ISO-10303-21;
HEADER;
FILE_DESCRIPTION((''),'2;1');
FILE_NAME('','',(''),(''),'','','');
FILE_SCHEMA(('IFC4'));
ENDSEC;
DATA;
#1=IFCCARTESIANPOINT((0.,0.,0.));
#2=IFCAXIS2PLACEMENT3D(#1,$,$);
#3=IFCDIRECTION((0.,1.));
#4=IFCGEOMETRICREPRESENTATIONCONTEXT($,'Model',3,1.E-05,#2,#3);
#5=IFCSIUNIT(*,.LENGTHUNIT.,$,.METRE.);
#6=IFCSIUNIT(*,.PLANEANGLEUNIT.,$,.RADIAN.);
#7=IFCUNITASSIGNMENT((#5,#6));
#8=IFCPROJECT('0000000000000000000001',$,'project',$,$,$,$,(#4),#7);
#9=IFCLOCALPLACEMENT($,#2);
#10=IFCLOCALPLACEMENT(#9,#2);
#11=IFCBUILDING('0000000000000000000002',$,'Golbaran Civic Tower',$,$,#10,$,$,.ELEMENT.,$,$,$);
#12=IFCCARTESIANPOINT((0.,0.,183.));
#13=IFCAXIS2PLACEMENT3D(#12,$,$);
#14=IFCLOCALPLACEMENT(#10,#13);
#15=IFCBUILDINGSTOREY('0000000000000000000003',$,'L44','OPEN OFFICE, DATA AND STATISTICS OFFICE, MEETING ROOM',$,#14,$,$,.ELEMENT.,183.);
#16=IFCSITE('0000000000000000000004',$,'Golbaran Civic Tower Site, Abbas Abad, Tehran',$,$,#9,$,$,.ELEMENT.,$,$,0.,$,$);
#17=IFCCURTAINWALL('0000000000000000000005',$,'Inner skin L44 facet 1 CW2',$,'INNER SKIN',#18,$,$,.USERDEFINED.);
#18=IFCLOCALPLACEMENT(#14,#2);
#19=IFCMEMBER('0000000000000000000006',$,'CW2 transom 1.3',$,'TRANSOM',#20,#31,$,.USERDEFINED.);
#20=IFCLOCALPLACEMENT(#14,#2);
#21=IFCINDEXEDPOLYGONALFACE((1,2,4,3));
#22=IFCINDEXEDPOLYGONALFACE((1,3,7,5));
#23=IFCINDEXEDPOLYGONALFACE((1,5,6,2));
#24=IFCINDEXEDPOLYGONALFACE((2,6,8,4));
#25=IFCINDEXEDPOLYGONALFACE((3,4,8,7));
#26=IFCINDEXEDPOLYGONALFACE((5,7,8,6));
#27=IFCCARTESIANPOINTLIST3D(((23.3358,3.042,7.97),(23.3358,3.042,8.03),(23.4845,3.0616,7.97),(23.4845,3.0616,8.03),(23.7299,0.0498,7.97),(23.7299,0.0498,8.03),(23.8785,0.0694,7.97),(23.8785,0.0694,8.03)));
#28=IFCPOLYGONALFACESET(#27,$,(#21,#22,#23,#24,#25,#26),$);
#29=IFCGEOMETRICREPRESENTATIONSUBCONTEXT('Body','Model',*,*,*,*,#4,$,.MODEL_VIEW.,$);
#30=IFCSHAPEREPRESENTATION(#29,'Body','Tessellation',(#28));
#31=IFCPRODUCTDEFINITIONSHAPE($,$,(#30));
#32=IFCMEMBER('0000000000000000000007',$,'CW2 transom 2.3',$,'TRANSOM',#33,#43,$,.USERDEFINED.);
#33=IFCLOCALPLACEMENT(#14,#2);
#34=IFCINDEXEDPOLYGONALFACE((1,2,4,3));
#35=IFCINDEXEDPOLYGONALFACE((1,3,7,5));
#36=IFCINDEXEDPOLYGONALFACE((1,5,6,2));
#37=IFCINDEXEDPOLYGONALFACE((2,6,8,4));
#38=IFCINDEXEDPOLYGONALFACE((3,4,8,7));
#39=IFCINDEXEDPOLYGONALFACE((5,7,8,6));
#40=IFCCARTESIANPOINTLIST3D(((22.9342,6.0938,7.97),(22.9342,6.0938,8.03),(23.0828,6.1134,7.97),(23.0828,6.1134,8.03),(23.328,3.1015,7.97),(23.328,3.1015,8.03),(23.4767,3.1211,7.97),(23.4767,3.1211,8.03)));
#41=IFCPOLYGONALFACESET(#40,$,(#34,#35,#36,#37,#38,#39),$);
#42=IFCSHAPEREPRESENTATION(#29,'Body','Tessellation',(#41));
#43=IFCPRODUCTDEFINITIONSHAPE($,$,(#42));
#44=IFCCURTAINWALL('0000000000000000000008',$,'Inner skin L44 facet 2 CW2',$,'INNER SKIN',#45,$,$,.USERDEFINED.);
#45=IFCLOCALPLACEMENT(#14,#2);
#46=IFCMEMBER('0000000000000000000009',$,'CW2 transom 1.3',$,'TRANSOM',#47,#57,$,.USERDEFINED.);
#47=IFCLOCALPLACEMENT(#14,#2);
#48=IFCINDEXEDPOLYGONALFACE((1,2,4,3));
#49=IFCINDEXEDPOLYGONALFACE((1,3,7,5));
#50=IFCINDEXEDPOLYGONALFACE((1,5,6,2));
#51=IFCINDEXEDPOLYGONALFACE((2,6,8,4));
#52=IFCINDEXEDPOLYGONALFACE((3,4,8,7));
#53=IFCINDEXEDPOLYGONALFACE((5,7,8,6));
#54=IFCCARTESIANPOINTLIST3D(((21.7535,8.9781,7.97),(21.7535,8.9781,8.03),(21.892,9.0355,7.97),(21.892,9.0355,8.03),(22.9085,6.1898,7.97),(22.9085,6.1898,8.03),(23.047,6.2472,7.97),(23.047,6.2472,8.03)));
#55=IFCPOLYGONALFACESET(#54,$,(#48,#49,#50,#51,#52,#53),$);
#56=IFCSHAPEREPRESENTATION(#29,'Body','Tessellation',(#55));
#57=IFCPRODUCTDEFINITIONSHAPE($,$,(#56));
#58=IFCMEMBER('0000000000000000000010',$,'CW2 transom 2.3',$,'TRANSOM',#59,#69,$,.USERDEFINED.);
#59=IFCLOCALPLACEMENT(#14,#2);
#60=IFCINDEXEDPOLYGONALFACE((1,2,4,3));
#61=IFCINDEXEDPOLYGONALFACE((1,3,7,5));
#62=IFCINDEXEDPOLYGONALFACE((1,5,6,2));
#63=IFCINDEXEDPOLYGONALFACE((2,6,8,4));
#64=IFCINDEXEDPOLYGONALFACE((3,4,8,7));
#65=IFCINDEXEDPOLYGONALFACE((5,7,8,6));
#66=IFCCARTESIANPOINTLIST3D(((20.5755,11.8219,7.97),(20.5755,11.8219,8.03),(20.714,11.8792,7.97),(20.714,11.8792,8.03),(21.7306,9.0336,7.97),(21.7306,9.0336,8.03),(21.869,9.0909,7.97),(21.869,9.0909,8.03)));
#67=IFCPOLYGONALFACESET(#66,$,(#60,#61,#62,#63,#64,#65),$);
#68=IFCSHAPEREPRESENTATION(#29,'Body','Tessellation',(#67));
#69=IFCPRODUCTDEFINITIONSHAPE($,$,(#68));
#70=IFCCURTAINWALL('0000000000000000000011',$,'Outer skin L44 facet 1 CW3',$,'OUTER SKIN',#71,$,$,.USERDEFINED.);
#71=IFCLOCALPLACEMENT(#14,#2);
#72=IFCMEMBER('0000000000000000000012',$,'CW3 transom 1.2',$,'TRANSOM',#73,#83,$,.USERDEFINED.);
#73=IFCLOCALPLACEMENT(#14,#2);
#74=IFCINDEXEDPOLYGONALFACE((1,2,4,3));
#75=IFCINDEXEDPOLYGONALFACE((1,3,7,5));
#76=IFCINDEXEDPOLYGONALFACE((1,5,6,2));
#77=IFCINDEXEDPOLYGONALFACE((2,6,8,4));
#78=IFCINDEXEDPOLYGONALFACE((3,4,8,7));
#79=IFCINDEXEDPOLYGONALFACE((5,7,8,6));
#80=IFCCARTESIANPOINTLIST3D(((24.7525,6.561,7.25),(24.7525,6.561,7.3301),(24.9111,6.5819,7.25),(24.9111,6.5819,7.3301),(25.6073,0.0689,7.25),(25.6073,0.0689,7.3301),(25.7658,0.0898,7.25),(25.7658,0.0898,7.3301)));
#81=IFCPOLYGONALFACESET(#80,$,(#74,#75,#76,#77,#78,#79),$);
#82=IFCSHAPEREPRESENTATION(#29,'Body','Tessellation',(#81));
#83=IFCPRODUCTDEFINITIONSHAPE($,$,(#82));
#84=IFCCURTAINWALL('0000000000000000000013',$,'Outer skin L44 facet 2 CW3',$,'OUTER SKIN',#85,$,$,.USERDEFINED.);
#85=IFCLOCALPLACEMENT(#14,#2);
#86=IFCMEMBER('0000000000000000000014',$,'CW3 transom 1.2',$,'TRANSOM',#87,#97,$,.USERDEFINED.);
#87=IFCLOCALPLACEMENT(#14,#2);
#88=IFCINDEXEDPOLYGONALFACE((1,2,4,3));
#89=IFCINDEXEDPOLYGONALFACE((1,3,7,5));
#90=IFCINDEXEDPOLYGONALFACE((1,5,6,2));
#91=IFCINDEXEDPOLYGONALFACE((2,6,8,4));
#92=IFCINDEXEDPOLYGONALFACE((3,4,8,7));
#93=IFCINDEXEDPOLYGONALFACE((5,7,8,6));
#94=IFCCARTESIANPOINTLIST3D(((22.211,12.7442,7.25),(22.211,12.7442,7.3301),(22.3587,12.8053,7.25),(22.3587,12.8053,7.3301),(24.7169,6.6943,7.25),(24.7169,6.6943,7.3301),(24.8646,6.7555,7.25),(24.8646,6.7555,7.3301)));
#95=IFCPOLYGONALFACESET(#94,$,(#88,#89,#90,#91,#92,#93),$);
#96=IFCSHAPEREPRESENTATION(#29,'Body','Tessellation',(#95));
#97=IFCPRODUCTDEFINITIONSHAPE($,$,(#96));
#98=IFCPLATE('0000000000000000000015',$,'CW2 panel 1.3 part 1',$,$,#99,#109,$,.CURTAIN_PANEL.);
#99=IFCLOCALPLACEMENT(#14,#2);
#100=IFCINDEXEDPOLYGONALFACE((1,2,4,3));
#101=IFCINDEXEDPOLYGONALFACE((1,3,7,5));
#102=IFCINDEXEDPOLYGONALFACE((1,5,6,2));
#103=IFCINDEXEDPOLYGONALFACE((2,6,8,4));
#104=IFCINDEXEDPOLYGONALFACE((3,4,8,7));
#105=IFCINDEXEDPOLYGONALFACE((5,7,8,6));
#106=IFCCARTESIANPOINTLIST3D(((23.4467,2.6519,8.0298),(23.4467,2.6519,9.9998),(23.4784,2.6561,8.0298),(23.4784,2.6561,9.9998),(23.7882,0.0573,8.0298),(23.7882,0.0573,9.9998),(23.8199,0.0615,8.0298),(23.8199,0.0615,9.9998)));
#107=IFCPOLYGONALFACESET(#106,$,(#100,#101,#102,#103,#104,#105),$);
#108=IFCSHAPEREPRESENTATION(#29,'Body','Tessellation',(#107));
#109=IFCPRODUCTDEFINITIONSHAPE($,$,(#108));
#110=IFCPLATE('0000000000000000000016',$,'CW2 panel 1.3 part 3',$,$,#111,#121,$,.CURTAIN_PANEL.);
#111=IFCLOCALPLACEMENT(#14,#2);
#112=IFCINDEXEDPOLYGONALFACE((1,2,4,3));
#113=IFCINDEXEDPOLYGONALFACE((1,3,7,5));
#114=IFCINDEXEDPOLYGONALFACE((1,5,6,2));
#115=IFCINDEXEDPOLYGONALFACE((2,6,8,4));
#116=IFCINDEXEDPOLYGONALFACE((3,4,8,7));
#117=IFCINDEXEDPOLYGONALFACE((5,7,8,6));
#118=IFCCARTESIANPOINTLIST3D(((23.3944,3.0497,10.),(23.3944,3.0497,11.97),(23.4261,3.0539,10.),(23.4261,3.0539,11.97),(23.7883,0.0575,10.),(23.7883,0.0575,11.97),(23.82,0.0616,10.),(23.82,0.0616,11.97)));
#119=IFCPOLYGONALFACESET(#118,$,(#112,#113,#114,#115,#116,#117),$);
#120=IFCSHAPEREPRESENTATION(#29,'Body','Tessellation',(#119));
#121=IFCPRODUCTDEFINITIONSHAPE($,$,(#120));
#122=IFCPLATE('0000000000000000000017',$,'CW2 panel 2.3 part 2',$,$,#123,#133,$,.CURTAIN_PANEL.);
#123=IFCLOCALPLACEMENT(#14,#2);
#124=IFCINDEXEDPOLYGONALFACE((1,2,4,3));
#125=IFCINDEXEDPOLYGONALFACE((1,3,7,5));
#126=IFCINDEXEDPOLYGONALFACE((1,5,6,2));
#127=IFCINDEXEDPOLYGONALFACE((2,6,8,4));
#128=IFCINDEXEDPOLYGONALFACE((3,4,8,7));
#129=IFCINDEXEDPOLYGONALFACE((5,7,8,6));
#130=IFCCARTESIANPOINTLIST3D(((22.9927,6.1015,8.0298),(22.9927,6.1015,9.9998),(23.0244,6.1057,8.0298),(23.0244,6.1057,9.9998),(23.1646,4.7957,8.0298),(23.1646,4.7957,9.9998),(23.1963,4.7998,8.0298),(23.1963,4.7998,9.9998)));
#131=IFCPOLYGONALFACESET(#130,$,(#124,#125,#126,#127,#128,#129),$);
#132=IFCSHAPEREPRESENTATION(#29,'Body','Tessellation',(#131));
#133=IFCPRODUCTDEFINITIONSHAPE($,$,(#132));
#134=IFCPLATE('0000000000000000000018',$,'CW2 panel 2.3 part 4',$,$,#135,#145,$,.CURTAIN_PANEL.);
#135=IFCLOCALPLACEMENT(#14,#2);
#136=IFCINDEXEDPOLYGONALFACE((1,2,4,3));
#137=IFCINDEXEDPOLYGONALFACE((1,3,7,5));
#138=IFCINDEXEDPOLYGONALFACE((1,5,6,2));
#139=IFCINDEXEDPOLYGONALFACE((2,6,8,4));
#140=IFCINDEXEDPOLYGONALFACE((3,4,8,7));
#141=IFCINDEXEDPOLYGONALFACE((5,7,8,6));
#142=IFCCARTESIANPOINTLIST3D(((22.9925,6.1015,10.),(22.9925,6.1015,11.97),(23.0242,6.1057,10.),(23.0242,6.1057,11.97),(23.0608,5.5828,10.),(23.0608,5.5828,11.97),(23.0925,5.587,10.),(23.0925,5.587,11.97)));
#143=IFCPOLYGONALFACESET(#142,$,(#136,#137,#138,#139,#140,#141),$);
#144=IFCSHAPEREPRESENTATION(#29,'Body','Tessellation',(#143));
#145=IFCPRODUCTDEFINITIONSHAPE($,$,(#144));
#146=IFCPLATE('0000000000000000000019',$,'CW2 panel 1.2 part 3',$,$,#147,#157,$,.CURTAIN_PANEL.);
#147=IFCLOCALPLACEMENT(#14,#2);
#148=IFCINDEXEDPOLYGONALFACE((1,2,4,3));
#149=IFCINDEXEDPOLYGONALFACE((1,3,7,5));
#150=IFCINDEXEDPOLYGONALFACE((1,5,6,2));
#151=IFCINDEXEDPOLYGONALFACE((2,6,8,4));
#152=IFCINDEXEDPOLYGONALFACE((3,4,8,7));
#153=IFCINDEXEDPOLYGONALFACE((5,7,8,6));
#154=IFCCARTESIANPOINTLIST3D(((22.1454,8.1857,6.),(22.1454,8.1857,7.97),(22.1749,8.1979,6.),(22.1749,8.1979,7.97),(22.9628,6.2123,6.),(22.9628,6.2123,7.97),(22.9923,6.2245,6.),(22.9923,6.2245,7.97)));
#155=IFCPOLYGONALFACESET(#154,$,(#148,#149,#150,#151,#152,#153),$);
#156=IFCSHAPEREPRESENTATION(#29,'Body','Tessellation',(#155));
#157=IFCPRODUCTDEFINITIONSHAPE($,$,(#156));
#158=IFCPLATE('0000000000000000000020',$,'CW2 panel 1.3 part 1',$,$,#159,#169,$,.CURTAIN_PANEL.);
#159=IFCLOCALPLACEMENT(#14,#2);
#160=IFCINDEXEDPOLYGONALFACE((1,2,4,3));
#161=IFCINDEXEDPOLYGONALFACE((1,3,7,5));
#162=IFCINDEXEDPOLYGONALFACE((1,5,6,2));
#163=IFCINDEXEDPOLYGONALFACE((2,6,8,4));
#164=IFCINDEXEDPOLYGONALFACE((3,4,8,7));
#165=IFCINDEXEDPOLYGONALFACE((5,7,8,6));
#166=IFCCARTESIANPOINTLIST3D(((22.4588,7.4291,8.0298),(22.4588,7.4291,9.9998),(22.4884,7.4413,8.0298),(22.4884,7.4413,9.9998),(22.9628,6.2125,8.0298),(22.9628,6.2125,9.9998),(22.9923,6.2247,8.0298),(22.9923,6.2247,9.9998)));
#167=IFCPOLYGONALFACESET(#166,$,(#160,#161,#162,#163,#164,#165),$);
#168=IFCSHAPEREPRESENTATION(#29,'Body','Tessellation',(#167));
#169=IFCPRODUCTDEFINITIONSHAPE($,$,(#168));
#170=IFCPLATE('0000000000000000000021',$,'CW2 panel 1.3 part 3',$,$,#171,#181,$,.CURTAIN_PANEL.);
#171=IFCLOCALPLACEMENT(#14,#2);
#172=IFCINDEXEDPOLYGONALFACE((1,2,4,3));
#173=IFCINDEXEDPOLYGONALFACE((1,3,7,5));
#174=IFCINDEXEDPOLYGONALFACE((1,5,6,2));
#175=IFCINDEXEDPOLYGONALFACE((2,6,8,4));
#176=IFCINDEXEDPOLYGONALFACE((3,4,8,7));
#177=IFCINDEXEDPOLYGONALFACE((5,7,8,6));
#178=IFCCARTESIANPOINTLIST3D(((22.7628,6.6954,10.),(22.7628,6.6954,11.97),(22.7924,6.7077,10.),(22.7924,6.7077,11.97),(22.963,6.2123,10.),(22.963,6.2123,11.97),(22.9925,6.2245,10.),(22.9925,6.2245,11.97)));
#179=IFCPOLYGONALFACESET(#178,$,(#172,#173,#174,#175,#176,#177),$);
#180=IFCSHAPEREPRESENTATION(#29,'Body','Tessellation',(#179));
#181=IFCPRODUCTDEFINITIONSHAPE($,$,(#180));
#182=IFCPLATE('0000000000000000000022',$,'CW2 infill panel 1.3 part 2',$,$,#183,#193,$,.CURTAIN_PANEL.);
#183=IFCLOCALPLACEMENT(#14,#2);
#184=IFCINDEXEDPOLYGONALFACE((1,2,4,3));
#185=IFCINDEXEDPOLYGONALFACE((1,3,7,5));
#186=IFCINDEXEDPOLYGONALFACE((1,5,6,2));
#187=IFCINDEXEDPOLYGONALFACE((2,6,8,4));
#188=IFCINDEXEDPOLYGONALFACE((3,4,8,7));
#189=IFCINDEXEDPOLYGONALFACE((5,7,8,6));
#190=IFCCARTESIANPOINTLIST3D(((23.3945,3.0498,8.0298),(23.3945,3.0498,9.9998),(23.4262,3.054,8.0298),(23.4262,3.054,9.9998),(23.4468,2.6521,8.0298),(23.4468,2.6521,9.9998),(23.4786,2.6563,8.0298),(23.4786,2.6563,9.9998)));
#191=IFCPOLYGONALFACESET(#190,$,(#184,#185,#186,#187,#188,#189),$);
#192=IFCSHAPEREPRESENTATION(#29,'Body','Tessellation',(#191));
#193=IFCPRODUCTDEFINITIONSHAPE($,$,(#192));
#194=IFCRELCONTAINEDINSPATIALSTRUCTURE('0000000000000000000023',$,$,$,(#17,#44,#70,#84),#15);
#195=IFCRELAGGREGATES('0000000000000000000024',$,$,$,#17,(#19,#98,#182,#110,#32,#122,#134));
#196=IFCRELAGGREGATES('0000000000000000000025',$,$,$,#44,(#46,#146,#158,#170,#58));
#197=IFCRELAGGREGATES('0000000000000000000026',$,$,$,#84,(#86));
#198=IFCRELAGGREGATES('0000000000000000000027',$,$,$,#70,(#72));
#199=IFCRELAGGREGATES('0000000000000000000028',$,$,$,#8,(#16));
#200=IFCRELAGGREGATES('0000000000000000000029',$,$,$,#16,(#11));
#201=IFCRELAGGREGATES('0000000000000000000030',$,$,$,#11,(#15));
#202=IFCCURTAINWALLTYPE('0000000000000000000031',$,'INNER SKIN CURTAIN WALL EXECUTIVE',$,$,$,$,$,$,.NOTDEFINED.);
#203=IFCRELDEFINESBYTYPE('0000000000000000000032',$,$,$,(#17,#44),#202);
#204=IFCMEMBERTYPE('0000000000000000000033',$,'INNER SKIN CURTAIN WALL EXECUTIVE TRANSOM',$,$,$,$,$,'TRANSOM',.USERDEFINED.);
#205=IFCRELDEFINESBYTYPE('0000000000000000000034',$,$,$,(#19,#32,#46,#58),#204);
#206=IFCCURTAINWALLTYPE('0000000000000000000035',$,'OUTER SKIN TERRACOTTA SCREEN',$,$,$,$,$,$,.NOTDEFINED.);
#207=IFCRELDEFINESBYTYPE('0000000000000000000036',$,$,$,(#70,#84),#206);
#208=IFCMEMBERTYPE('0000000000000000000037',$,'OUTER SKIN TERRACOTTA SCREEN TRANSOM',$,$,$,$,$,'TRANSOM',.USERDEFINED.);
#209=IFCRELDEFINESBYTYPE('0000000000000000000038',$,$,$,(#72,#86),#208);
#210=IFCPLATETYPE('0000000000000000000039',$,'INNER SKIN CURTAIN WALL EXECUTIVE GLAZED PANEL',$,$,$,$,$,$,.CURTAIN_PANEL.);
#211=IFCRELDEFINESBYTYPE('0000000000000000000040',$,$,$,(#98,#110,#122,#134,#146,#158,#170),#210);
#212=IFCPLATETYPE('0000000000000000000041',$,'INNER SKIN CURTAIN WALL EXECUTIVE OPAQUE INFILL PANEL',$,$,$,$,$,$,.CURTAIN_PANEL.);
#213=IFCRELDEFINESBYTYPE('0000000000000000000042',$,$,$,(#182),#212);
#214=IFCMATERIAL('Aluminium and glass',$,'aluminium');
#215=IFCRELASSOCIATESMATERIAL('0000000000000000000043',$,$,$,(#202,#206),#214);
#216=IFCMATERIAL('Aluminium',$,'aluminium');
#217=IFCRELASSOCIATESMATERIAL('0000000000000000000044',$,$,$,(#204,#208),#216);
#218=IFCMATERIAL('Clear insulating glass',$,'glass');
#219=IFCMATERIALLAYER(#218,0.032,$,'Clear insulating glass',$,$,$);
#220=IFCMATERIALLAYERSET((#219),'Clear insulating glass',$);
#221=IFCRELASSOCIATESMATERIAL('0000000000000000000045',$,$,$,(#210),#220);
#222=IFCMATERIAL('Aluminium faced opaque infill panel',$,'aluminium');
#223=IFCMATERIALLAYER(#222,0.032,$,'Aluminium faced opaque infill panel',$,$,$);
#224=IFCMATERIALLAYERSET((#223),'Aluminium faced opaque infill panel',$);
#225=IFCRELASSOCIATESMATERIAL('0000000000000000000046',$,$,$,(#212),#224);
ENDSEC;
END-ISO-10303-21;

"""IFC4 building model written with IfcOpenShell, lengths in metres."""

from ifc_helpers import new_model, si_unit, direction, frame, origin, origin_2d, place, context, subcontext, project, spatial, rectangle, extrude, material, layer, layer_set, material_profile, profile_set, type_object, element, aggregate, save


model = new_model("IFC4")

# Units and contexts
model_context = context("Model", 3, precision=1e-05, world=origin(), true_north=direction((0.0, 1.0)))
body_context = subcontext(model_context, "Body", "Model", "MODEL_VIEW")
ifc_project = project(units=[si_unit("LENGTHUNIT", "METRE"), si_unit("PLANEANGLEUNIT", "RADIAN")], contexts=[model_context])

# Site, building, storey
site_placement = place(None, origin())
site = spatial("IfcSite", under=ifc_project, at=site_placement, Name="Golbaran Civic Tower Site, Abbas Abad, Tehran", CompositionType="ELEMENT", RefElevation=0.0)
building_placement = place(site_placement, origin())
building = spatial("IfcBuilding", under=site, at=building_placement, Name="Golbaran Civic Tower", CompositionType="ELEMENT")
storey_placement = place(building_placement, frame((0.0, 0.0, 183.0)))
storey = spatial("IfcBuildingStorey", under=building, at=storey_placement, Name="L44", Description="OPEN OFFICE, DATA AND STATISTICS OFFICE, MEETING ROOM", CompositionType="ELEMENT", Elevation=183.0)

# Curtain walls, members
ifc_material_1 = material(Name="Aluminium and glass", Category="aluminium")
curtain_wall_type_1 = type_object("IfcCurtainWallType", Name="INNER SKIN CURTAIN WALL EXECUTIVE", PredefinedType="NOTDEFINED", material=ifc_material_1)
curtain_wall_1_placement = place(storey_placement, origin())
curtain_wall_1 = element("IfcCurtainWall", 1, at=curtain_wall_1_placement, inside=storey, type_object=curtain_wall_type_1, Name="Inner skin L44 facet 1 CW2", ObjectType="INNER SKIN", PredefinedType="USERDEFINED")
ifc_material_2 = material(Name="Aluminium", Category="aluminium")
ifc_material_profile_1 = material_profile(ifc_material_2, rectangle(XDim=0.1499, YDim=0.0601, at=origin_2d()), Name="INNER SKIN CURTAIN WALL EXECUTIVE TRANSOM")
ifc_profile_set_1 = profile_set([ifc_material_profile_1], Name="Aluminium")
member_type_1 = type_object("IfcMemberType", Name="INNER SKIN CURTAIN WALL EXECUTIVE TRANSOM", ElementType="TRANSOM", PredefinedType="USERDEFINED", material=ifc_profile_set_1)
member_1_placement = place(storey_placement, frame((23.8042, 0.0596, 8.0), z_axis=(-0.130563, 0.99144, 0.0), x_axis=(-0.99144, -0.130563, 0.0)))
member_1 = element("IfcMember", 2, at=member_1_placement, type_object=member_type_1, Name="CW2 transom 1.3", ObjectType="TRANSOM", PredefinedType="USERDEFINED", context=body_context, shape_type="SweptSolid", body=[
    extrude(rectangle(XDim=0.1499, YDim=0.0601, at=origin_2d()), origin(), (0.0, 0.0, 1.0), 3.0181),
])
member_2_placement = place(storey_placement, frame((23.4023, 3.1113, 8.0), z_axis=(-0.130484, 0.99145, 0.0), x_axis=(-0.99145, -0.130484, 0.0)))
member_2 = element("IfcMember", 3, at=member_2_placement, type_object=member_type_1, Name="CW2 transom 2.3", ObjectType="TRANSOM", PredefinedType="USERDEFINED", context=body_context, shape_type="SweptSolid", body=[
    extrude(rectangle(XDim=0.1499, YDim=0.0601, at=origin_2d()), origin(), (0.0, 0.0, 1.0), 3.0181),
])
curtain_wall_2_placement = place(storey_placement, origin())
curtain_wall_2 = element("IfcCurtainWall", 4, at=curtain_wall_2_placement, inside=storey, type_object=curtain_wall_type_1, Name="Inner skin L44 facet 2 CW2", ObjectType="INNER SKIN", PredefinedType="USERDEFINED")
member_3_placement = place(storey_placement, frame((22.9778, 6.2185, 8.0), z_axis=(-0.382702, 0.923872, 0.0), x_axis=(-0.923872, -0.382702, 0.0)))
member_3 = element("IfcMember", 5, at=member_3_placement, type_object=member_type_1, Name="CW2 transom 1.3", ObjectType="TRANSOM", PredefinedType="USERDEFINED", context=body_context, shape_type="SweptSolid", body=[
    extrude(rectangle(XDim=0.1499, YDim=0.0601, at=origin_2d()), origin(), (0.0, 0.0, 1.0), 3.0181),
])
member_4_placement = place(storey_placement, frame((21.7998, 9.0623, 8.0), z_axis=(-0.382702, 0.923872, 0.0), x_axis=(-0.923872, -0.382702, 0.0)))
member_4 = element("IfcMember", 6, at=member_4_placement, type_object=member_type_1, Name="CW2 transom 2.3", ObjectType="TRANSOM", PredefinedType="USERDEFINED", context=body_context, shape_type="SweptSolid", body=[
    extrude(rectangle(XDim=0.1499, YDim=0.0601, at=origin_2d()), origin(), (0.0, 0.0, 1.0), 3.0181),
])

# Curtain walls, members
curtain_wall_type_2 = type_object("IfcCurtainWallType", Name="OUTER SKIN TERRACOTTA SCREEN", PredefinedType="NOTDEFINED", material=ifc_material_1)
curtain_wall_3_placement = place(storey_placement, origin())
curtain_wall_3 = element("IfcCurtainWall", 7, at=curtain_wall_3_placement, inside=storey, type_object=curtain_wall_type_2, Name="Outer skin L44 facet 1 CW3", ObjectType="OUTER SKIN", PredefinedType="USERDEFINED")
ifc_material_profile_2 = material_profile(ifc_material_2, rectangle(XDim=0.1599, YDim=0.0801, at=origin_2d()), Name="OUTER SKIN TERRACOTTA SCREEN TRANSOM")
ifc_profile_set_2 = profile_set([ifc_material_profile_2], Name="Aluminium")
member_type_2 = type_object("IfcMemberType", Name="OUTER SKIN TERRACOTTA SCREEN TRANSOM", ElementType="TRANSOM", PredefinedType="USERDEFINED", material=ifc_profile_set_2)
member_5_placement = place(storey_placement, frame((25.6865, 0.0793, 7.29), z_axis=(-0.13053, 0.991444, 0.0), x_axis=(-0.991444, -0.13053, 0.0)))
member_5 = element("IfcMember", 8, at=member_5_placement, type_object=member_type_2, Name="CW3 transom 1.2", ObjectType="TRANSOM", PredefinedType="USERDEFINED", context=body_context, shape_type="SweptSolid", body=[
    extrude(rectangle(XDim=0.1599, YDim=0.0801, at=origin_2d()), origin(), (0.0, 0.0, 1.0), 6.5481),
])
curtain_wall_4_placement = place(storey_placement, origin())
curtain_wall_4 = element("IfcCurtainWall", 9, at=curtain_wall_4_placement, inside=storey, type_object=curtain_wall_type_2, Name="Outer skin L44 facet 2 CW3", ObjectType="OUTER SKIN", PredefinedType="USERDEFINED")
member_6_placement = place(storey_placement, frame((24.7908, 6.7249, 7.29), z_axis=(-0.382677, 0.923882, 0.0), x_axis=(-0.923882, -0.382677, 0.0)))
member_6 = element("IfcMember", 10, at=member_6_placement, type_object=member_type_2, Name="CW3 transom 1.2", ObjectType="TRANSOM", PredefinedType="USERDEFINED", context=body_context, shape_type="SweptSolid", body=[
    extrude(rectangle(XDim=0.1599, YDim=0.0801, at=origin_2d()), origin(), (0.0, 0.0, 1.0), 6.5483),
])

# Plates
ifc_material_3 = material(Name="Clear insulating glass", Category="glass")
ifc_layer_1 = layer(ifc_material_3, 0.032, Name="Clear insulating glass")
ifc_layer_set_1 = layer_set([ifc_layer_1], Name="Clear insulating glass")
plate_type_1 = type_object("IfcPlateType", Name="INNER SKIN CURTAIN WALL EXECUTIVE GLAZED PANEL", PredefinedType="CURTAIN_PANEL", material=ifc_layer_set_1)
plate_1_placement = place(storey_placement, frame((23.6333, 1.3567, 8.0298), z_axis=(0.0, 0.0, 1.0), x_axis=(-0.130526, 0.991445, 0.0)))
plate_1 = element("IfcPlate", 11, at=plate_1_placement, type_object=plate_type_1, Name="CW2 panel 1.3 part 1", PredefinedType="CURTAIN_PANEL", context=body_context, shape_type="SweptSolid", body=[
    extrude(rectangle(XDim=2.6169, YDim=0.032, at=origin_2d()), origin(), (0.0, 0.0, 1.0), 1.97),
])
plate_2_placement = place(storey_placement, frame((23.6072, 1.5557, 10.0), z_axis=(0.0, 0.0, 1.0), x_axis=(-0.130526, 0.991445, 0.0)))
plate_2 = element("IfcPlate", 12, at=plate_2_placement, type_object=plate_type_1, Name="CW2 panel 1.3 part 3", PredefinedType="CURTAIN_PANEL", context=body_context, shape_type="SweptSolid", body=[
    extrude(rectangle(XDim=3.0181, YDim=0.032, at=origin_2d()), origin(), (0.0, 0.0, 1.0), 1.97),
])
plate_3_placement = place(storey_placement, frame((23.0945, 5.4507, 8.0298), z_axis=(0.0, 0.0, 1.0), x_axis=(-0.130526, 0.991445, 0.0)))
plate_3 = element("IfcPlate", 13, at=plate_3_placement, type_object=plate_type_1, Name="CW2 panel 2.3 part 2", PredefinedType="CURTAIN_PANEL", context=body_context, shape_type="SweptSolid", body=[
    extrude(rectangle(XDim=1.3171, YDim=0.032, at=origin_2d()), origin(), (0.0, 0.0, 1.0), 1.97),
])
plate_4_placement = place(storey_placement, frame((23.0425, 5.8442, 10.0), z_axis=(0.0, 0.0, 1.0), x_axis=(-0.130526, 0.991445, 0.0)))
plate_4 = element("IfcPlate", 14, at=plate_4_placement, type_object=plate_type_1, Name="CW2 panel 2.3 part 4", PredefinedType="CURTAIN_PANEL", context=body_context, shape_type="SweptSolid", body=[
    extrude(rectangle(XDim=0.5232, YDim=0.032, at=origin_2d()), origin(), (0.0, 0.0, 1.0), 1.97),
])
plate_5_placement = place(storey_placement, frame((22.5688, 7.2051, 6.0), z_axis=(0.0, 0.0, 1.0), x_axis=(-0.382683, 0.92388, 0.0)))
plate_5 = element("IfcPlate", 15, at=plate_5_placement, type_object=plate_type_1, Name="CW2 panel 1.2 part 3", PredefinedType="CURTAIN_PANEL", context=body_context, shape_type="SweptSolid", body=[
    extrude(rectangle(XDim=2.136, YDim=0.032, at=origin_2d()), origin(), (0.0, 0.0, 1.0), 1.97),
])
plate_6_placement = place(storey_placement, frame((22.7256, 6.8269, 8.0298), z_axis=(0.0, 0.0, 1.0), x_axis=(-0.382683, 0.92388, 0.0)))
plate_6 = element("IfcPlate", 16, at=plate_6_placement, type_object=plate_type_1, Name="CW2 panel 1.3 part 1", PredefinedType="CURTAIN_PANEL", context=body_context, shape_type="SweptSolid", body=[
    extrude(rectangle(XDim=1.3169, YDim=0.032, at=origin_2d()), origin(), (0.0, 0.0, 1.0), 1.97),
])
plate_7_placement = place(storey_placement, frame((22.8777, 6.46, 10.0), z_axis=(0.0, 0.0, 1.0), x_axis=(-0.382683, 0.92388, 0.0)))
plate_7 = element("IfcPlate", 17, at=plate_7_placement, type_object=plate_type_1, Name="CW2 panel 1.3 part 3", PredefinedType="CURTAIN_PANEL", context=body_context, shape_type="SweptSolid", body=[
    extrude(rectangle(XDim=0.5229, YDim=0.032, at=origin_2d()), origin(), (0.0, 0.0, 1.0), 1.97),
])
ifc_material_4 = material(Name="Aluminium faced opaque infill panel", Category="aluminium")
ifc_layer_2 = layer(ifc_material_4, 0.032, Name="Aluminium faced opaque infill panel")
ifc_layer_set_2 = layer_set([ifc_layer_2], Name="Aluminium faced opaque infill panel")
plate_type_2 = type_object("IfcPlateType", Name="INNER SKIN CURTAIN WALL EXECUTIVE OPAQUE INFILL PANEL", PredefinedType="CURTAIN_PANEL", material=ifc_layer_set_2)
plate_8_placement = place(storey_placement, frame((23.4365, 2.853, 8.0298), z_axis=(0.0, 0.0, 1.0), x_axis=(-0.130526, 0.991445, 0.0)))
plate_8 = element("IfcPlate", 18, at=plate_8_placement, type_object=plate_type_2, Name="CW2 infill panel 1.3 part 2", PredefinedType="CURTAIN_PANEL", context=body_context, shape_type="SweptSolid", body=[
    extrude(rectangle(XDim=0.4011, YDim=0.032, at=origin_2d()), origin(), (0.0, 0.0, 1.0), 1.97),
])
aggregate(curtain_wall_1, [member_1, plate_1, plate_8, plate_2, member_2, plate_3, plate_4])
aggregate(curtain_wall_2, [member_3, plate_5, plate_6, plate_7, member_4])
aggregate(curtain_wall_4, [member_6])
aggregate(curtain_wall_3, [member_5])

save(model, "model.ifc")
